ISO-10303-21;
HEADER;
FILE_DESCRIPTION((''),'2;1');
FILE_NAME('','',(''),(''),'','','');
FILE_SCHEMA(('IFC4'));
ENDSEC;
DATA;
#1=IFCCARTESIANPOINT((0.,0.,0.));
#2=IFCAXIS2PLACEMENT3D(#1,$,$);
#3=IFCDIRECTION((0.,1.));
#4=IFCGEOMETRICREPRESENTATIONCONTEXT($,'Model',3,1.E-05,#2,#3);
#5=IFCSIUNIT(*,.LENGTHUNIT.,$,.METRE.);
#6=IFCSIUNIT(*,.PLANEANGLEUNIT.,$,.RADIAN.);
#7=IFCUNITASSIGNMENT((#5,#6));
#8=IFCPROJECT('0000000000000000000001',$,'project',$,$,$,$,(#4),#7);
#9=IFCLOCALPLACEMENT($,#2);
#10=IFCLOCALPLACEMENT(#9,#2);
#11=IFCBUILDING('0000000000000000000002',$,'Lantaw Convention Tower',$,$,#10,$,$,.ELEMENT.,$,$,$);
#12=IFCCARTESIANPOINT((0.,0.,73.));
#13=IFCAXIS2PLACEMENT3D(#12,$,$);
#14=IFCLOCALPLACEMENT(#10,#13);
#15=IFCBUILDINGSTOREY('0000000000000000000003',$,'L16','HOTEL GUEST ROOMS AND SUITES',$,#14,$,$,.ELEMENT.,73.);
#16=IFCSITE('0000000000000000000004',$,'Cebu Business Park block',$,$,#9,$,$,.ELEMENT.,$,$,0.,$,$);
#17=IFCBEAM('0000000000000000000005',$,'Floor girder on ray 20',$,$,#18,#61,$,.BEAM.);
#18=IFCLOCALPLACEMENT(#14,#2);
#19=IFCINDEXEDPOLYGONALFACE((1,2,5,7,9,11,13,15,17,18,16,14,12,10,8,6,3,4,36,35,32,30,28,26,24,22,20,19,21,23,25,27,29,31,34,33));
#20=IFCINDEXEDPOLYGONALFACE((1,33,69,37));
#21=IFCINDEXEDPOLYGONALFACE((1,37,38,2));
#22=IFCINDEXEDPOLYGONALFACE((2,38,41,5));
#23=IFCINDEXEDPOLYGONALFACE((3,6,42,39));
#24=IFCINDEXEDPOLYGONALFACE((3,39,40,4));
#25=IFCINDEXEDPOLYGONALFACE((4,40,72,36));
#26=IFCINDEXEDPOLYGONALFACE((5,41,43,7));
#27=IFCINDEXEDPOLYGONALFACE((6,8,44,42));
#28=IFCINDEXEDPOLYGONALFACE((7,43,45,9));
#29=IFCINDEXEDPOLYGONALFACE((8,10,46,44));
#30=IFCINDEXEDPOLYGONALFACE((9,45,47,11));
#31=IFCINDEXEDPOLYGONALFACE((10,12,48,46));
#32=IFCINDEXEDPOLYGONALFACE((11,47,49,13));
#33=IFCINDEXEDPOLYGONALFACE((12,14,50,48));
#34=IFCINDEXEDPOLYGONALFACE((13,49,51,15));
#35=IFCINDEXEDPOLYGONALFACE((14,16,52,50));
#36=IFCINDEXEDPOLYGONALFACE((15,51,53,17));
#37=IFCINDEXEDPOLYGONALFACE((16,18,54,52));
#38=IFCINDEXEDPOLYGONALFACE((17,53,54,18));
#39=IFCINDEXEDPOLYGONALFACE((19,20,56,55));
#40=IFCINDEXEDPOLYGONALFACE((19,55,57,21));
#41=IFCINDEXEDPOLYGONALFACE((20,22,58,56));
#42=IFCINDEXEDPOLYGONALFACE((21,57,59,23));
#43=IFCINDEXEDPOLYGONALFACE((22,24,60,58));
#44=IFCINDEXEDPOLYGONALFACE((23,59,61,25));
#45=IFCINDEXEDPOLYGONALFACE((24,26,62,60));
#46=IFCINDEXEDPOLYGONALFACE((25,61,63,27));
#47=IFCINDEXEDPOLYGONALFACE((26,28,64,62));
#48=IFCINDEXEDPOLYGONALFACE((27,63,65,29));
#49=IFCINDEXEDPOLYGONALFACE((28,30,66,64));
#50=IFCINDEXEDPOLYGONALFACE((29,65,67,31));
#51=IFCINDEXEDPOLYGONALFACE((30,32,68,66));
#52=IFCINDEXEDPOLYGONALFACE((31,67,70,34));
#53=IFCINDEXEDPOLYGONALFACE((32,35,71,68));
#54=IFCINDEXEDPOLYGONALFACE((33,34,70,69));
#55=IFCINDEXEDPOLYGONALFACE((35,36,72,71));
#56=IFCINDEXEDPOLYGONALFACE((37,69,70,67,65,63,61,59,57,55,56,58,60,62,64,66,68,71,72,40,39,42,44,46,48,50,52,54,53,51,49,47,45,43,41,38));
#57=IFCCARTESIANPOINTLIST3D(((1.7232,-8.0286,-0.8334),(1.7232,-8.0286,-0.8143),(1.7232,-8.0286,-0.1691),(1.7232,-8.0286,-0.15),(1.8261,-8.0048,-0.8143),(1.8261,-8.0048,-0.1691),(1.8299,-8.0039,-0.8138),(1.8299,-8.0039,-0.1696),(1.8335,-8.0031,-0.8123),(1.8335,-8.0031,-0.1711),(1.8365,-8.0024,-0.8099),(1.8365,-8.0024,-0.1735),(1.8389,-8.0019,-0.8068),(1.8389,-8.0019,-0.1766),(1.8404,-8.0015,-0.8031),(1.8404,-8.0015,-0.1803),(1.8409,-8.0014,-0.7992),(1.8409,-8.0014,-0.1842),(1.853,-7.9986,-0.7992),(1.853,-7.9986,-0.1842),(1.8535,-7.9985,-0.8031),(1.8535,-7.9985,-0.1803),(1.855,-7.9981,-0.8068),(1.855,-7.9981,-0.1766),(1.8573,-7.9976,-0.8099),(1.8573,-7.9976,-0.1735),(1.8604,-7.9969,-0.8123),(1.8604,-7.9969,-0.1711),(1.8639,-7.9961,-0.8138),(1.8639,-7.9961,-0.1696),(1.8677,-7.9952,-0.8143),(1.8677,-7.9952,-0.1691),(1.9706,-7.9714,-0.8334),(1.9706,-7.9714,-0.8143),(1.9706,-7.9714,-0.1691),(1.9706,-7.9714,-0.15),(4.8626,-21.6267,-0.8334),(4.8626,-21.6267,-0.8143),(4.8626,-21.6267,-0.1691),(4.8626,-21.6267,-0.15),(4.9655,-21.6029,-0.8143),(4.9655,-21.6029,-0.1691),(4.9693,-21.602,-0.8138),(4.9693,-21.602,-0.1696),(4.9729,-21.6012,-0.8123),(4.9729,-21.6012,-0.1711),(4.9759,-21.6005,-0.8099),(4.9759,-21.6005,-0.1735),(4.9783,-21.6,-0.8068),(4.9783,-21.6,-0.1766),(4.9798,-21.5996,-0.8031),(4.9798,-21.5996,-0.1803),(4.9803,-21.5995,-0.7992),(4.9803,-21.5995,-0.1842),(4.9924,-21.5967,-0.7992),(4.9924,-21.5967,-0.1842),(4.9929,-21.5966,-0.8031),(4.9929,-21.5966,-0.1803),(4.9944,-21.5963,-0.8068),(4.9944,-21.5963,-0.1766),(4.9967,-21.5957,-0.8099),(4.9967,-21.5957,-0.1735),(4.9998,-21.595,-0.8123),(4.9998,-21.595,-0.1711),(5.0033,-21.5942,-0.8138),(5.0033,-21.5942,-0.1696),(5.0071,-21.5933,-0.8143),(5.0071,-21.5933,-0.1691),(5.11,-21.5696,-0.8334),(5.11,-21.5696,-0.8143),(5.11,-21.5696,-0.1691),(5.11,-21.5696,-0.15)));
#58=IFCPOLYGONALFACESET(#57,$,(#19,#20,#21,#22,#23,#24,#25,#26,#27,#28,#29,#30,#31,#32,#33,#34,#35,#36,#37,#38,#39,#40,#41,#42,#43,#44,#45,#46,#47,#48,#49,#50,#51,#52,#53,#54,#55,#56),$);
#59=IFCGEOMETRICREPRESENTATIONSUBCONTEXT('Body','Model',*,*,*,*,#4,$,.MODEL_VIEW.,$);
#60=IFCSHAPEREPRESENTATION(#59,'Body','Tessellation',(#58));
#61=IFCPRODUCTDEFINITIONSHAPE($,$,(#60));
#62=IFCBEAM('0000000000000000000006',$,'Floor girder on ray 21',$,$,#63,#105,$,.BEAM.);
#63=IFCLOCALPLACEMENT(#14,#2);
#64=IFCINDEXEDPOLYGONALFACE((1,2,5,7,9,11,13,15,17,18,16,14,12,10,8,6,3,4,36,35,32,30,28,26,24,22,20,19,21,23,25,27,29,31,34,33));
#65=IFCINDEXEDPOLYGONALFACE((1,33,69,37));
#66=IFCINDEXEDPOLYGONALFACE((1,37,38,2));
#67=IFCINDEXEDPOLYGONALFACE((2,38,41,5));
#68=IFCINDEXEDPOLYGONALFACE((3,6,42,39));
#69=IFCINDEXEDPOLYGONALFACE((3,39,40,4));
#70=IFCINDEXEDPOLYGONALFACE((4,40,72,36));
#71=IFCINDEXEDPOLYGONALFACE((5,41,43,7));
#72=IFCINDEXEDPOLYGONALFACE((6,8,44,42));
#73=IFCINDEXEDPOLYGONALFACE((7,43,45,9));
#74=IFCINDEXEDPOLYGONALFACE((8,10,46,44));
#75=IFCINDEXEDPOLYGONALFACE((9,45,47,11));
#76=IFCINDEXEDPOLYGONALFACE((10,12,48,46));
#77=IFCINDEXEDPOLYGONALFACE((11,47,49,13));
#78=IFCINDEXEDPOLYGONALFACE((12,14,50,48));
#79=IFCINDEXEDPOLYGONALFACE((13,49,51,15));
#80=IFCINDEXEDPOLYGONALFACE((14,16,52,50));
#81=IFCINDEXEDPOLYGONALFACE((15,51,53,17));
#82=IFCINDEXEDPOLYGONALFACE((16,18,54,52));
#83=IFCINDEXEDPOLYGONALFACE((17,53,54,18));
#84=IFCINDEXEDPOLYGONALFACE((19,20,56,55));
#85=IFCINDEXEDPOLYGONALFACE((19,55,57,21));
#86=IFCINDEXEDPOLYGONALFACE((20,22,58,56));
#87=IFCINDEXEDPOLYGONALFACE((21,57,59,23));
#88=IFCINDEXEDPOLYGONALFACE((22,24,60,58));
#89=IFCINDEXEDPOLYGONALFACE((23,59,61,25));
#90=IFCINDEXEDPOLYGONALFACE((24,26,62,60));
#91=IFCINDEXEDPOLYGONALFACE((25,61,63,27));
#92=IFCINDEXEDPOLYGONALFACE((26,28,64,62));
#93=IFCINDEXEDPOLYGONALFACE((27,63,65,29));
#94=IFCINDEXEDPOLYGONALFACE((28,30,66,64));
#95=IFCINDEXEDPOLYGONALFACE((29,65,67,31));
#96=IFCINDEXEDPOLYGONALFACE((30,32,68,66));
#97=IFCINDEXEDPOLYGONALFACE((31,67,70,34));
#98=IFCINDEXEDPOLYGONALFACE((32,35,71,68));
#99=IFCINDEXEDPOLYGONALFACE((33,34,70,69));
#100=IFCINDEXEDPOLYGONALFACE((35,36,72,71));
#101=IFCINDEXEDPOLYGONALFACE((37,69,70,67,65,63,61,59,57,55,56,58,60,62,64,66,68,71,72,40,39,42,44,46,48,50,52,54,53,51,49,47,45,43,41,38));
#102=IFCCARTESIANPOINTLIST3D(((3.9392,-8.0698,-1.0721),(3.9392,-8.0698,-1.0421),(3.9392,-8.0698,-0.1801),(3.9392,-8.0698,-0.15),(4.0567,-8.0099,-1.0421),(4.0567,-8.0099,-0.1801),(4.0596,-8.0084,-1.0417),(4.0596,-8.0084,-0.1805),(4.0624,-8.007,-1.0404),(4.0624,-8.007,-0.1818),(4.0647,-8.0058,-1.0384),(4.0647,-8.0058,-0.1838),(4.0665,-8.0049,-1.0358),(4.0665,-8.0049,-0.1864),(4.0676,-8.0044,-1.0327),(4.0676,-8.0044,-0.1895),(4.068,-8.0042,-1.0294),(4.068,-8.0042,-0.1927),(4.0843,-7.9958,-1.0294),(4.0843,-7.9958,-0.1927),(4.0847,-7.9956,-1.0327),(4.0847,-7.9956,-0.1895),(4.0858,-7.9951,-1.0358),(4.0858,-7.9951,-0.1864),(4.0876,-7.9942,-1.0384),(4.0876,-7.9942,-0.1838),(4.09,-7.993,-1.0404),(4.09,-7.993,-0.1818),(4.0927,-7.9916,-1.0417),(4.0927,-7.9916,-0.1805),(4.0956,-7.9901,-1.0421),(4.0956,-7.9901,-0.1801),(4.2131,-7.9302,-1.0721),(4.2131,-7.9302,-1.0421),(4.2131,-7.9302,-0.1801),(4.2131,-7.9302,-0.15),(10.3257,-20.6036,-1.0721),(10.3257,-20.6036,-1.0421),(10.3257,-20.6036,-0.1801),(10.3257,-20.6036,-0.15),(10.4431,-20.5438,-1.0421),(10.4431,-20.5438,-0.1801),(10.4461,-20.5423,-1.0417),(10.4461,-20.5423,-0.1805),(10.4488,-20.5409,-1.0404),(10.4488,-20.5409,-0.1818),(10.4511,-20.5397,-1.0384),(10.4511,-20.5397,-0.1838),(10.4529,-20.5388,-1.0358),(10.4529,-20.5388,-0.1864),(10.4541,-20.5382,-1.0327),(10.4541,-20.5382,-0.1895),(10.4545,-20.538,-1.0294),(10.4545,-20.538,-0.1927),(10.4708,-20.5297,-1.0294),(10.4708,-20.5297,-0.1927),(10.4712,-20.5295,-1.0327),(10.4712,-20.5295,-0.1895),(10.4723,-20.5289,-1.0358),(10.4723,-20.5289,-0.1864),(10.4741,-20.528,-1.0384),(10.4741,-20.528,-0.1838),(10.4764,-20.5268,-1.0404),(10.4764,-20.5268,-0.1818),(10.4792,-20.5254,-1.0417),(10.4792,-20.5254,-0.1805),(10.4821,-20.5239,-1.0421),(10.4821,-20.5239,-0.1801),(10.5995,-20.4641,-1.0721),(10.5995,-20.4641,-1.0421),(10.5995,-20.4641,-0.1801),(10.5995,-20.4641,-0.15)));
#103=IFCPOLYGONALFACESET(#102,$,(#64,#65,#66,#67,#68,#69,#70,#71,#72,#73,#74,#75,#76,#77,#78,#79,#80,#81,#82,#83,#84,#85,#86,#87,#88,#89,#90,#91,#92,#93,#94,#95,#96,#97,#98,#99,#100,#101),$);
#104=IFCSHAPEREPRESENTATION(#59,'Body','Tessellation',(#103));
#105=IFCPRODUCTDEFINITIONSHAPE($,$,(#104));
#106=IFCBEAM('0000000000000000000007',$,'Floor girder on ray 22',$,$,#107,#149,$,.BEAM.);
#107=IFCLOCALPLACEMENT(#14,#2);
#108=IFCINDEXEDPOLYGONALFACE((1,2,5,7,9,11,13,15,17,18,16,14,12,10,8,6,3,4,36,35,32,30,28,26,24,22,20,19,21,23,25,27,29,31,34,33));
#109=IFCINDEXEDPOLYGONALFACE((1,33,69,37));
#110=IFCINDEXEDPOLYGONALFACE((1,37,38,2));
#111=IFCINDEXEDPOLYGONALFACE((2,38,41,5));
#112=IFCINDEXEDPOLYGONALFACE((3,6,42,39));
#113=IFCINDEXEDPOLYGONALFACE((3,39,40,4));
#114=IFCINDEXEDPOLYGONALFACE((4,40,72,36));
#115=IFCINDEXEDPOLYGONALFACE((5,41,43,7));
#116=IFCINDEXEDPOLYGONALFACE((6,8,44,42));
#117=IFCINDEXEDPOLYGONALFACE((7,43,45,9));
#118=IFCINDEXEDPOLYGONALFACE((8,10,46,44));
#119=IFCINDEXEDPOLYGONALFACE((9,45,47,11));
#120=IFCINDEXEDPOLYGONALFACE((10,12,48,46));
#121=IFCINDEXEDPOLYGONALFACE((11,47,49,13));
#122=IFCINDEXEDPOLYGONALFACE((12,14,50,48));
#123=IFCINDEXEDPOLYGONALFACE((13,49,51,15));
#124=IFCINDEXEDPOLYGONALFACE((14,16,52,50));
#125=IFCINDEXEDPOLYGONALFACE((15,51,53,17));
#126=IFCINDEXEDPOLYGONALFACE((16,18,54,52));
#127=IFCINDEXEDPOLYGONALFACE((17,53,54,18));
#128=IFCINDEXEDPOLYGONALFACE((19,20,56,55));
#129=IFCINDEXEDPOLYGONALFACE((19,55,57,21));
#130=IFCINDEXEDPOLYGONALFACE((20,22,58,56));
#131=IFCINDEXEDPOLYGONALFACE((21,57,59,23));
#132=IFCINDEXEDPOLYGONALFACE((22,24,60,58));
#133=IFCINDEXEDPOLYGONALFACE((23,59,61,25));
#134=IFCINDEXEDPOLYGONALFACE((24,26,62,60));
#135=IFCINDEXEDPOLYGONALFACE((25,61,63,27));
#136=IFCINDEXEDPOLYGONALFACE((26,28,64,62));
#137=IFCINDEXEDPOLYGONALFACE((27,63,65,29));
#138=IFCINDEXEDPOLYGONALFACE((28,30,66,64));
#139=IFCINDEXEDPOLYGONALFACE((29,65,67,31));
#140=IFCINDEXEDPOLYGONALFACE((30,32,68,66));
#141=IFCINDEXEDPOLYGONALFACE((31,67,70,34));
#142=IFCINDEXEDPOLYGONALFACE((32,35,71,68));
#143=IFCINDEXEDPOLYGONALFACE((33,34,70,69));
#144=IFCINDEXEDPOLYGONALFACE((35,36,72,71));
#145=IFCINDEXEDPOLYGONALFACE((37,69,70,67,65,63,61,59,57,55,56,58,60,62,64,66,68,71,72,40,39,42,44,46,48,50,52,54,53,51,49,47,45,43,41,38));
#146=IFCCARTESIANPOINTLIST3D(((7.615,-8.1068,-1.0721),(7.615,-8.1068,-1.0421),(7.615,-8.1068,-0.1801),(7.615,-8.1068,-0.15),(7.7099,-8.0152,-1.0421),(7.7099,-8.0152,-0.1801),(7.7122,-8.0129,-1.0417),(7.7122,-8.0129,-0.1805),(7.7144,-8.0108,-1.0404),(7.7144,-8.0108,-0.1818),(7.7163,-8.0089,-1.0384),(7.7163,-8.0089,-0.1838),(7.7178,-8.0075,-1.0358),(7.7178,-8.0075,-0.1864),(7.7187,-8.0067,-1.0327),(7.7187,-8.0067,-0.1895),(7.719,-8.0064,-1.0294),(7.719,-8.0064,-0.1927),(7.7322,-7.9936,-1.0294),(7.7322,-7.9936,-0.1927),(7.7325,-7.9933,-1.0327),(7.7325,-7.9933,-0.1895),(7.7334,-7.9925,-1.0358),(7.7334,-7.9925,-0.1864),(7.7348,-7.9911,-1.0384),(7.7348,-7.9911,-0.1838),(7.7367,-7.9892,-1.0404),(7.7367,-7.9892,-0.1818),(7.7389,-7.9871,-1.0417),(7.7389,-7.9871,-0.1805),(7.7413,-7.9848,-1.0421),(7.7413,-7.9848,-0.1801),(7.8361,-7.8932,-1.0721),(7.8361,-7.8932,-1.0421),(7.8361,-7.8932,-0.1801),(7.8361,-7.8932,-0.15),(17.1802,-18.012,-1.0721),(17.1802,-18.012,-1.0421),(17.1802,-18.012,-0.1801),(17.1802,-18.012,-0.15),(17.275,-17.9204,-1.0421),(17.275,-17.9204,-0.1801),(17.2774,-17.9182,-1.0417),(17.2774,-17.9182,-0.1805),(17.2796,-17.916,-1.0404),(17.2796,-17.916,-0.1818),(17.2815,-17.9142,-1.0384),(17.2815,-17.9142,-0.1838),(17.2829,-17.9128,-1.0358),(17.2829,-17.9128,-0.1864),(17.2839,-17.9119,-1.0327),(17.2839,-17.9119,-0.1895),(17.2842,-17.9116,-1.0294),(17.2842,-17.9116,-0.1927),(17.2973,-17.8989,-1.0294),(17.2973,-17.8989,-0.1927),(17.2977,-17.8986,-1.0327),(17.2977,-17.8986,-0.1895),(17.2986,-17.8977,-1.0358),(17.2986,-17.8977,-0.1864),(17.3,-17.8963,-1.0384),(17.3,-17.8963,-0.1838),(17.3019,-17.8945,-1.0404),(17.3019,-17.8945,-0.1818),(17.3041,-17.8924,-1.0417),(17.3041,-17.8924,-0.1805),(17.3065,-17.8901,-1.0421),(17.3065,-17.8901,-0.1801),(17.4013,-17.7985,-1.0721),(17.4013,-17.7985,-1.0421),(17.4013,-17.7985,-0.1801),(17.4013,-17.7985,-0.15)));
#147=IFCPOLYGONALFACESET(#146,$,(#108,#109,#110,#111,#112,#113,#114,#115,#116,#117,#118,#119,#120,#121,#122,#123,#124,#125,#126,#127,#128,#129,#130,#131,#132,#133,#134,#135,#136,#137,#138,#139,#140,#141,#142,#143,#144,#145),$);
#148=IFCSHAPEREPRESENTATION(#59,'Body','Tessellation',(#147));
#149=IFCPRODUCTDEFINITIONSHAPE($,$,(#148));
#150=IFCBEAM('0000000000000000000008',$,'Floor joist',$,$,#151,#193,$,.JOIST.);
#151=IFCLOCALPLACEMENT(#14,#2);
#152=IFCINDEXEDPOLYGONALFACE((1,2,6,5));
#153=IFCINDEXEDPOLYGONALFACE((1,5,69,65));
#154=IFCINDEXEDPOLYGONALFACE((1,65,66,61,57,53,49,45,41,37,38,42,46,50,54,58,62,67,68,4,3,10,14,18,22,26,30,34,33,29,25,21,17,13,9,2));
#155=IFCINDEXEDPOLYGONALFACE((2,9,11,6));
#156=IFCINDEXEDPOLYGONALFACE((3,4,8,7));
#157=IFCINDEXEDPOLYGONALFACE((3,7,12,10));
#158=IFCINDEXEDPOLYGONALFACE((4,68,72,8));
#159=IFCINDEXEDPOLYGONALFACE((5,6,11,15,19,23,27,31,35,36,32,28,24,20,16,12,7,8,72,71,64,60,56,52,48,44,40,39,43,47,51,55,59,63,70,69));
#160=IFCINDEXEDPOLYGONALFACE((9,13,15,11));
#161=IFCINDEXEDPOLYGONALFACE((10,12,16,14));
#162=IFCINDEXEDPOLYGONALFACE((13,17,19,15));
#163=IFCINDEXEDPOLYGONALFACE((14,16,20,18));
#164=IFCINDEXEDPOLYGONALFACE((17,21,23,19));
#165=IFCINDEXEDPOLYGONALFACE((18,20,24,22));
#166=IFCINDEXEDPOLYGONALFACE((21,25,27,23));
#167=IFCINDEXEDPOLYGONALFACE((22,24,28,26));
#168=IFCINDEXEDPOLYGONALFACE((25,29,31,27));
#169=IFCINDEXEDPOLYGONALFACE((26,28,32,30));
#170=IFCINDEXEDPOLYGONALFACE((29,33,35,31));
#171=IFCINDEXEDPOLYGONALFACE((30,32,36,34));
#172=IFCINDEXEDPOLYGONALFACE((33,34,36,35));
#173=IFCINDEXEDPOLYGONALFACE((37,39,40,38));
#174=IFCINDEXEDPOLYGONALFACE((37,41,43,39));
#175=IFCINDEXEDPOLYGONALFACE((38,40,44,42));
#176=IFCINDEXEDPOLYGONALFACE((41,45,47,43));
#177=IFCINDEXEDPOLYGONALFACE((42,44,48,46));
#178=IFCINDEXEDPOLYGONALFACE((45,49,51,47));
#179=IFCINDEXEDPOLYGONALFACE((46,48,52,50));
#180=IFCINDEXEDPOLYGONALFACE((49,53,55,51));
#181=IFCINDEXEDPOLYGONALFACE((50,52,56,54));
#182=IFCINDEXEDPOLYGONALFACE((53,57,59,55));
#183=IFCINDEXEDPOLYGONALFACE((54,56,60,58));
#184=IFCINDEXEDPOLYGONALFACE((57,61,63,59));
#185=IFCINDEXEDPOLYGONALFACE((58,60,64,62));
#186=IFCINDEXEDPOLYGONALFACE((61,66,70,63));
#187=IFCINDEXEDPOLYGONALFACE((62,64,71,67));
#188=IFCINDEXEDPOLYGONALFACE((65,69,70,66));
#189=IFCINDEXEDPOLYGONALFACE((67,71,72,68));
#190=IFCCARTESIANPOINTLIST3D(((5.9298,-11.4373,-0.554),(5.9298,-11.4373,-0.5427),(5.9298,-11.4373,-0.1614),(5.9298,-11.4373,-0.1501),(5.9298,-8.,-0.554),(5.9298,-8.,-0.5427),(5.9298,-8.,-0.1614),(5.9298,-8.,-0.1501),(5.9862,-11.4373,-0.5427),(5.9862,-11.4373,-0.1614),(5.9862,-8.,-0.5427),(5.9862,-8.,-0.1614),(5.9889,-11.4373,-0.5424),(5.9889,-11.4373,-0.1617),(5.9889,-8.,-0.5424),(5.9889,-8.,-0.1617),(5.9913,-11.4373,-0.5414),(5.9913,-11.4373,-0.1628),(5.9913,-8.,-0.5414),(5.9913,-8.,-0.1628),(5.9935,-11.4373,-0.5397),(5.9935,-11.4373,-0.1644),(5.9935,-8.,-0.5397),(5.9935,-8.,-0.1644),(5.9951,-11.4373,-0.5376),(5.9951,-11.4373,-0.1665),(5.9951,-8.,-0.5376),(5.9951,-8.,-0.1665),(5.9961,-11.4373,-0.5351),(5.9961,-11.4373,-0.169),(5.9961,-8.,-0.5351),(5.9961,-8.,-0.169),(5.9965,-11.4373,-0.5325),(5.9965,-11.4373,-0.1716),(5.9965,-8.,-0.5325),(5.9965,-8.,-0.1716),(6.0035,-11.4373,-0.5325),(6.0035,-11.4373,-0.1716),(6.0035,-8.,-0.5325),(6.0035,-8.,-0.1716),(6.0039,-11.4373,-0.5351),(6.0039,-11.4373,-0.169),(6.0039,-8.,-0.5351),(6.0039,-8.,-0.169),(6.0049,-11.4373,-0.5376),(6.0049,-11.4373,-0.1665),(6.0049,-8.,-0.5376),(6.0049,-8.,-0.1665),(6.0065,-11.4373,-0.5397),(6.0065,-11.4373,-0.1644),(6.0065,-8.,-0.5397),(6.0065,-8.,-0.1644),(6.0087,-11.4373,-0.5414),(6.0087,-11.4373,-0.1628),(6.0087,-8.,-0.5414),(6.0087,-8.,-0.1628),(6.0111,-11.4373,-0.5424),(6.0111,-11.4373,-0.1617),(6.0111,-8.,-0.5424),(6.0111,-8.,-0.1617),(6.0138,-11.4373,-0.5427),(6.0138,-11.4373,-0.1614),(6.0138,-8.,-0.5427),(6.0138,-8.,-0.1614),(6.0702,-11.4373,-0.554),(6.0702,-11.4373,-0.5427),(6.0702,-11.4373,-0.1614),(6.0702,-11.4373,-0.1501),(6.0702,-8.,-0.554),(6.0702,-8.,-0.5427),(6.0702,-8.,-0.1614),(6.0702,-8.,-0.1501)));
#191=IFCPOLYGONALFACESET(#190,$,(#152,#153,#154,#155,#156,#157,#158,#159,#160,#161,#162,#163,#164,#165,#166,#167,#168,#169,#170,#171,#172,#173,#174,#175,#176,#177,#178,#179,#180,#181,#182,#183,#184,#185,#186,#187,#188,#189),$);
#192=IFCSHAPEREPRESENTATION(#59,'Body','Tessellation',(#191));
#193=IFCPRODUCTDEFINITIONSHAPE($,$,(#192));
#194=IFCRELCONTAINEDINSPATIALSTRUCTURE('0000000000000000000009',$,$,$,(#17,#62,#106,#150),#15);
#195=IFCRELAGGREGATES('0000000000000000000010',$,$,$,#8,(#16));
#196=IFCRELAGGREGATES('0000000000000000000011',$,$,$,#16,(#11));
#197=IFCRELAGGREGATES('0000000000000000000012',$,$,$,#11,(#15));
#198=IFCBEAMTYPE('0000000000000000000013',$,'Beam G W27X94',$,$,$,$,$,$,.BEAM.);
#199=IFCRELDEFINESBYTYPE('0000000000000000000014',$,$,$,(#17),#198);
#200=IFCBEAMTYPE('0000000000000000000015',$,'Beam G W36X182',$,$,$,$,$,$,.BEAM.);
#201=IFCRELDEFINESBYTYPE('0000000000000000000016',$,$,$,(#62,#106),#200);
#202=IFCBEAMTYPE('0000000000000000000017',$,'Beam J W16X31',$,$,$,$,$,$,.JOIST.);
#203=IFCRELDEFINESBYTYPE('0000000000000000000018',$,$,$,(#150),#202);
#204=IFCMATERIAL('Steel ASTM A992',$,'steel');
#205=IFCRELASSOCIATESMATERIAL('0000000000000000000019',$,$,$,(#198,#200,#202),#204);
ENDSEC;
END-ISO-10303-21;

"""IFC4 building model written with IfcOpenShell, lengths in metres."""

from ifc_helpers import new_model, si_unit, direction, frame, origin, origin_2d, place, context, subcontext, project, spatial, i_section, extrude, material, material_profile, profile_set, type_object, element, save


model = new_model("IFC4")

# Units and contexts
model_context = context("Model", 3, precision=1e-05, world=origin(), true_north=direction((0.0, 1.0)))
body_context = subcontext(model_context, "Body", "Model", "MODEL_VIEW")
ifc_project = project(units=[si_unit("LENGTHUNIT", "METRE"), si_unit("PLANEANGLEUNIT", "RADIAN")], contexts=[model_context])

# Site, building, storey
site_placement = place(None, origin())
site = spatial("IfcSite", under=ifc_project, at=site_placement, Name="Cebu Business Park block", CompositionType="ELEMENT", RefElevation=0.0)
building_placement = place(site_placement, origin())
building = spatial("IfcBuilding", under=site, at=building_placement, Name="Lantaw Convention Tower", CompositionType="ELEMENT")
storey_placement = place(building_placement, frame((0.0, 0.0, 73.0)))
storey = spatial("IfcBuildingStorey", under=building, at=storey_placement, Name="L16", Description="HOTEL GUEST ROOMS AND SUITES", CompositionType="ELEMENT", Elevation=73.0)

# Beams
ifc_material_1 = material(Name="Steel ASTM A992", Category="steel")
ifc_material_profile_1 = material_profile(ifc_material_1, i_section(OverallWidth=0.2539, OverallDepth=0.6833, WebThickness=0.0125, FlangeThickness=0.019, FilletRadius=0.0151, at=origin_2d()), Name="W27X94")
ifc_profile_set_1 = profile_set([ifc_material_profile_1], Name="Steel ASTM A992")
beam_type_1 = type_object("IfcBeamType", Name="Beam G W27X94", PredefinedType="BEAM", material=ifc_profile_set_1)
beam_1_placement = place(storey_placement, frame((1.8469, -8.0, -0.4917), z_axis=(0.224953, -0.97437, 0.0), x_axis=(0.97437, 0.224953, 0.0)))
element("IfcBeam", 1, at=beam_1_placement, inside=storey, type_object=beam_type_1, Name="Floor girder on ray 20", PredefinedType="BEAM", context=body_context, shape_type="SweptSolid", body=[
    extrude(i_section(OverallWidth=0.2539, OverallDepth=0.6833, WebThickness=0.0125, FlangeThickness=0.019, FilletRadius=0.0151, at=origin_2d()), origin(), (0.0, 0.0, 1.0), 13.9558),
])
ifc_material_profile_2 = material_profile(ifc_material_1, i_section(OverallWidth=0.3074, OverallDepth=0.9221, WebThickness=0.0183, FlangeThickness=0.03, FilletRadius=0.0127, at=origin_2d()), Name="W36X182")
ifc_profile_set_2 = profile_set([ifc_material_profile_2], Name="Steel ASTM A992")
beam_type_2 = type_object("IfcBeamType", Name="Beam G W36X182", PredefinedType="BEAM", material=ifc_profile_set_2)
beam_2_placement = place(storey_placement, frame((4.0762, -8.0, -0.6111), z_axis=(0.453997, -0.891003, 0.0), x_axis=(0.891003, 0.453997, 0.0)))
element("IfcBeam", 2, at=beam_2_placement, inside=storey, type_object=beam_type_2, Name="Floor girder on ray 21", PredefinedType="BEAM", context=body_context, shape_type="SweptSolid", body=[
    extrude(i_section(OverallWidth=0.3074, OverallDepth=0.9221, WebThickness=0.0183, FlangeThickness=0.03, FilletRadius=0.0127, at=origin_2d()), origin(), (0.0, 0.0, 1.0), 14.0671),
])
beam_3_placement = place(storey_placement, frame((7.7256, -8.0, -0.6111), z_axis=(0.69465, -0.719348, 0.0), x_axis=(0.719348, 0.69465, 0.0)))
element("IfcBeam", 3, at=beam_3_placement, inside=storey, type_object=beam_type_2, Name="Floor girder on ray 22", PredefinedType="BEAM", context=body_context, shape_type="SweptSolid", body=[
    extrude(i_section(OverallWidth=0.3074, OverallDepth=0.9221, WebThickness=0.0183, FlangeThickness=0.03, FilletRadius=0.0127, at=origin_2d()), origin(), (0.0, 0.0, 1.0), 13.7698),
])
ifc_material_profile_3 = material_profile(ifc_material_1, i_section(OverallWidth=0.1404, OverallDepth=0.4038, WebThickness=0.0071, FlangeThickness=0.0112, FilletRadius=0.0103, at=origin_2d()), Name="W16X31")
ifc_profile_set_3 = profile_set([ifc_material_profile_3], Name="Steel ASTM A992")
beam_type_3 = type_object("IfcBeamType", Name="Beam J W16X31", PredefinedType="JOIST", material=ifc_profile_set_3)
beam_4_placement = place(storey_placement, frame((6.0, -11.4373, -0.3521), z_axis=(0.0, 1.0, 0.0), x_axis=(-1.0, 0.0, 0.0)))
element("IfcBeam", 4, at=beam_4_placement, inside=storey, type_object=beam_type_3, Name="Floor joist", PredefinedType="JOIST", context=body_context, shape_type="SweptSolid", body=[
    extrude(i_section(OverallWidth=0.1404, OverallDepth=0.4038, WebThickness=0.0071, FlangeThickness=0.0112, FilletRadius=0.0103, at=origin_2d()), origin(), (0.0, 0.0, 1.0), 3.4373),
])

save(model, "model.ifc")
